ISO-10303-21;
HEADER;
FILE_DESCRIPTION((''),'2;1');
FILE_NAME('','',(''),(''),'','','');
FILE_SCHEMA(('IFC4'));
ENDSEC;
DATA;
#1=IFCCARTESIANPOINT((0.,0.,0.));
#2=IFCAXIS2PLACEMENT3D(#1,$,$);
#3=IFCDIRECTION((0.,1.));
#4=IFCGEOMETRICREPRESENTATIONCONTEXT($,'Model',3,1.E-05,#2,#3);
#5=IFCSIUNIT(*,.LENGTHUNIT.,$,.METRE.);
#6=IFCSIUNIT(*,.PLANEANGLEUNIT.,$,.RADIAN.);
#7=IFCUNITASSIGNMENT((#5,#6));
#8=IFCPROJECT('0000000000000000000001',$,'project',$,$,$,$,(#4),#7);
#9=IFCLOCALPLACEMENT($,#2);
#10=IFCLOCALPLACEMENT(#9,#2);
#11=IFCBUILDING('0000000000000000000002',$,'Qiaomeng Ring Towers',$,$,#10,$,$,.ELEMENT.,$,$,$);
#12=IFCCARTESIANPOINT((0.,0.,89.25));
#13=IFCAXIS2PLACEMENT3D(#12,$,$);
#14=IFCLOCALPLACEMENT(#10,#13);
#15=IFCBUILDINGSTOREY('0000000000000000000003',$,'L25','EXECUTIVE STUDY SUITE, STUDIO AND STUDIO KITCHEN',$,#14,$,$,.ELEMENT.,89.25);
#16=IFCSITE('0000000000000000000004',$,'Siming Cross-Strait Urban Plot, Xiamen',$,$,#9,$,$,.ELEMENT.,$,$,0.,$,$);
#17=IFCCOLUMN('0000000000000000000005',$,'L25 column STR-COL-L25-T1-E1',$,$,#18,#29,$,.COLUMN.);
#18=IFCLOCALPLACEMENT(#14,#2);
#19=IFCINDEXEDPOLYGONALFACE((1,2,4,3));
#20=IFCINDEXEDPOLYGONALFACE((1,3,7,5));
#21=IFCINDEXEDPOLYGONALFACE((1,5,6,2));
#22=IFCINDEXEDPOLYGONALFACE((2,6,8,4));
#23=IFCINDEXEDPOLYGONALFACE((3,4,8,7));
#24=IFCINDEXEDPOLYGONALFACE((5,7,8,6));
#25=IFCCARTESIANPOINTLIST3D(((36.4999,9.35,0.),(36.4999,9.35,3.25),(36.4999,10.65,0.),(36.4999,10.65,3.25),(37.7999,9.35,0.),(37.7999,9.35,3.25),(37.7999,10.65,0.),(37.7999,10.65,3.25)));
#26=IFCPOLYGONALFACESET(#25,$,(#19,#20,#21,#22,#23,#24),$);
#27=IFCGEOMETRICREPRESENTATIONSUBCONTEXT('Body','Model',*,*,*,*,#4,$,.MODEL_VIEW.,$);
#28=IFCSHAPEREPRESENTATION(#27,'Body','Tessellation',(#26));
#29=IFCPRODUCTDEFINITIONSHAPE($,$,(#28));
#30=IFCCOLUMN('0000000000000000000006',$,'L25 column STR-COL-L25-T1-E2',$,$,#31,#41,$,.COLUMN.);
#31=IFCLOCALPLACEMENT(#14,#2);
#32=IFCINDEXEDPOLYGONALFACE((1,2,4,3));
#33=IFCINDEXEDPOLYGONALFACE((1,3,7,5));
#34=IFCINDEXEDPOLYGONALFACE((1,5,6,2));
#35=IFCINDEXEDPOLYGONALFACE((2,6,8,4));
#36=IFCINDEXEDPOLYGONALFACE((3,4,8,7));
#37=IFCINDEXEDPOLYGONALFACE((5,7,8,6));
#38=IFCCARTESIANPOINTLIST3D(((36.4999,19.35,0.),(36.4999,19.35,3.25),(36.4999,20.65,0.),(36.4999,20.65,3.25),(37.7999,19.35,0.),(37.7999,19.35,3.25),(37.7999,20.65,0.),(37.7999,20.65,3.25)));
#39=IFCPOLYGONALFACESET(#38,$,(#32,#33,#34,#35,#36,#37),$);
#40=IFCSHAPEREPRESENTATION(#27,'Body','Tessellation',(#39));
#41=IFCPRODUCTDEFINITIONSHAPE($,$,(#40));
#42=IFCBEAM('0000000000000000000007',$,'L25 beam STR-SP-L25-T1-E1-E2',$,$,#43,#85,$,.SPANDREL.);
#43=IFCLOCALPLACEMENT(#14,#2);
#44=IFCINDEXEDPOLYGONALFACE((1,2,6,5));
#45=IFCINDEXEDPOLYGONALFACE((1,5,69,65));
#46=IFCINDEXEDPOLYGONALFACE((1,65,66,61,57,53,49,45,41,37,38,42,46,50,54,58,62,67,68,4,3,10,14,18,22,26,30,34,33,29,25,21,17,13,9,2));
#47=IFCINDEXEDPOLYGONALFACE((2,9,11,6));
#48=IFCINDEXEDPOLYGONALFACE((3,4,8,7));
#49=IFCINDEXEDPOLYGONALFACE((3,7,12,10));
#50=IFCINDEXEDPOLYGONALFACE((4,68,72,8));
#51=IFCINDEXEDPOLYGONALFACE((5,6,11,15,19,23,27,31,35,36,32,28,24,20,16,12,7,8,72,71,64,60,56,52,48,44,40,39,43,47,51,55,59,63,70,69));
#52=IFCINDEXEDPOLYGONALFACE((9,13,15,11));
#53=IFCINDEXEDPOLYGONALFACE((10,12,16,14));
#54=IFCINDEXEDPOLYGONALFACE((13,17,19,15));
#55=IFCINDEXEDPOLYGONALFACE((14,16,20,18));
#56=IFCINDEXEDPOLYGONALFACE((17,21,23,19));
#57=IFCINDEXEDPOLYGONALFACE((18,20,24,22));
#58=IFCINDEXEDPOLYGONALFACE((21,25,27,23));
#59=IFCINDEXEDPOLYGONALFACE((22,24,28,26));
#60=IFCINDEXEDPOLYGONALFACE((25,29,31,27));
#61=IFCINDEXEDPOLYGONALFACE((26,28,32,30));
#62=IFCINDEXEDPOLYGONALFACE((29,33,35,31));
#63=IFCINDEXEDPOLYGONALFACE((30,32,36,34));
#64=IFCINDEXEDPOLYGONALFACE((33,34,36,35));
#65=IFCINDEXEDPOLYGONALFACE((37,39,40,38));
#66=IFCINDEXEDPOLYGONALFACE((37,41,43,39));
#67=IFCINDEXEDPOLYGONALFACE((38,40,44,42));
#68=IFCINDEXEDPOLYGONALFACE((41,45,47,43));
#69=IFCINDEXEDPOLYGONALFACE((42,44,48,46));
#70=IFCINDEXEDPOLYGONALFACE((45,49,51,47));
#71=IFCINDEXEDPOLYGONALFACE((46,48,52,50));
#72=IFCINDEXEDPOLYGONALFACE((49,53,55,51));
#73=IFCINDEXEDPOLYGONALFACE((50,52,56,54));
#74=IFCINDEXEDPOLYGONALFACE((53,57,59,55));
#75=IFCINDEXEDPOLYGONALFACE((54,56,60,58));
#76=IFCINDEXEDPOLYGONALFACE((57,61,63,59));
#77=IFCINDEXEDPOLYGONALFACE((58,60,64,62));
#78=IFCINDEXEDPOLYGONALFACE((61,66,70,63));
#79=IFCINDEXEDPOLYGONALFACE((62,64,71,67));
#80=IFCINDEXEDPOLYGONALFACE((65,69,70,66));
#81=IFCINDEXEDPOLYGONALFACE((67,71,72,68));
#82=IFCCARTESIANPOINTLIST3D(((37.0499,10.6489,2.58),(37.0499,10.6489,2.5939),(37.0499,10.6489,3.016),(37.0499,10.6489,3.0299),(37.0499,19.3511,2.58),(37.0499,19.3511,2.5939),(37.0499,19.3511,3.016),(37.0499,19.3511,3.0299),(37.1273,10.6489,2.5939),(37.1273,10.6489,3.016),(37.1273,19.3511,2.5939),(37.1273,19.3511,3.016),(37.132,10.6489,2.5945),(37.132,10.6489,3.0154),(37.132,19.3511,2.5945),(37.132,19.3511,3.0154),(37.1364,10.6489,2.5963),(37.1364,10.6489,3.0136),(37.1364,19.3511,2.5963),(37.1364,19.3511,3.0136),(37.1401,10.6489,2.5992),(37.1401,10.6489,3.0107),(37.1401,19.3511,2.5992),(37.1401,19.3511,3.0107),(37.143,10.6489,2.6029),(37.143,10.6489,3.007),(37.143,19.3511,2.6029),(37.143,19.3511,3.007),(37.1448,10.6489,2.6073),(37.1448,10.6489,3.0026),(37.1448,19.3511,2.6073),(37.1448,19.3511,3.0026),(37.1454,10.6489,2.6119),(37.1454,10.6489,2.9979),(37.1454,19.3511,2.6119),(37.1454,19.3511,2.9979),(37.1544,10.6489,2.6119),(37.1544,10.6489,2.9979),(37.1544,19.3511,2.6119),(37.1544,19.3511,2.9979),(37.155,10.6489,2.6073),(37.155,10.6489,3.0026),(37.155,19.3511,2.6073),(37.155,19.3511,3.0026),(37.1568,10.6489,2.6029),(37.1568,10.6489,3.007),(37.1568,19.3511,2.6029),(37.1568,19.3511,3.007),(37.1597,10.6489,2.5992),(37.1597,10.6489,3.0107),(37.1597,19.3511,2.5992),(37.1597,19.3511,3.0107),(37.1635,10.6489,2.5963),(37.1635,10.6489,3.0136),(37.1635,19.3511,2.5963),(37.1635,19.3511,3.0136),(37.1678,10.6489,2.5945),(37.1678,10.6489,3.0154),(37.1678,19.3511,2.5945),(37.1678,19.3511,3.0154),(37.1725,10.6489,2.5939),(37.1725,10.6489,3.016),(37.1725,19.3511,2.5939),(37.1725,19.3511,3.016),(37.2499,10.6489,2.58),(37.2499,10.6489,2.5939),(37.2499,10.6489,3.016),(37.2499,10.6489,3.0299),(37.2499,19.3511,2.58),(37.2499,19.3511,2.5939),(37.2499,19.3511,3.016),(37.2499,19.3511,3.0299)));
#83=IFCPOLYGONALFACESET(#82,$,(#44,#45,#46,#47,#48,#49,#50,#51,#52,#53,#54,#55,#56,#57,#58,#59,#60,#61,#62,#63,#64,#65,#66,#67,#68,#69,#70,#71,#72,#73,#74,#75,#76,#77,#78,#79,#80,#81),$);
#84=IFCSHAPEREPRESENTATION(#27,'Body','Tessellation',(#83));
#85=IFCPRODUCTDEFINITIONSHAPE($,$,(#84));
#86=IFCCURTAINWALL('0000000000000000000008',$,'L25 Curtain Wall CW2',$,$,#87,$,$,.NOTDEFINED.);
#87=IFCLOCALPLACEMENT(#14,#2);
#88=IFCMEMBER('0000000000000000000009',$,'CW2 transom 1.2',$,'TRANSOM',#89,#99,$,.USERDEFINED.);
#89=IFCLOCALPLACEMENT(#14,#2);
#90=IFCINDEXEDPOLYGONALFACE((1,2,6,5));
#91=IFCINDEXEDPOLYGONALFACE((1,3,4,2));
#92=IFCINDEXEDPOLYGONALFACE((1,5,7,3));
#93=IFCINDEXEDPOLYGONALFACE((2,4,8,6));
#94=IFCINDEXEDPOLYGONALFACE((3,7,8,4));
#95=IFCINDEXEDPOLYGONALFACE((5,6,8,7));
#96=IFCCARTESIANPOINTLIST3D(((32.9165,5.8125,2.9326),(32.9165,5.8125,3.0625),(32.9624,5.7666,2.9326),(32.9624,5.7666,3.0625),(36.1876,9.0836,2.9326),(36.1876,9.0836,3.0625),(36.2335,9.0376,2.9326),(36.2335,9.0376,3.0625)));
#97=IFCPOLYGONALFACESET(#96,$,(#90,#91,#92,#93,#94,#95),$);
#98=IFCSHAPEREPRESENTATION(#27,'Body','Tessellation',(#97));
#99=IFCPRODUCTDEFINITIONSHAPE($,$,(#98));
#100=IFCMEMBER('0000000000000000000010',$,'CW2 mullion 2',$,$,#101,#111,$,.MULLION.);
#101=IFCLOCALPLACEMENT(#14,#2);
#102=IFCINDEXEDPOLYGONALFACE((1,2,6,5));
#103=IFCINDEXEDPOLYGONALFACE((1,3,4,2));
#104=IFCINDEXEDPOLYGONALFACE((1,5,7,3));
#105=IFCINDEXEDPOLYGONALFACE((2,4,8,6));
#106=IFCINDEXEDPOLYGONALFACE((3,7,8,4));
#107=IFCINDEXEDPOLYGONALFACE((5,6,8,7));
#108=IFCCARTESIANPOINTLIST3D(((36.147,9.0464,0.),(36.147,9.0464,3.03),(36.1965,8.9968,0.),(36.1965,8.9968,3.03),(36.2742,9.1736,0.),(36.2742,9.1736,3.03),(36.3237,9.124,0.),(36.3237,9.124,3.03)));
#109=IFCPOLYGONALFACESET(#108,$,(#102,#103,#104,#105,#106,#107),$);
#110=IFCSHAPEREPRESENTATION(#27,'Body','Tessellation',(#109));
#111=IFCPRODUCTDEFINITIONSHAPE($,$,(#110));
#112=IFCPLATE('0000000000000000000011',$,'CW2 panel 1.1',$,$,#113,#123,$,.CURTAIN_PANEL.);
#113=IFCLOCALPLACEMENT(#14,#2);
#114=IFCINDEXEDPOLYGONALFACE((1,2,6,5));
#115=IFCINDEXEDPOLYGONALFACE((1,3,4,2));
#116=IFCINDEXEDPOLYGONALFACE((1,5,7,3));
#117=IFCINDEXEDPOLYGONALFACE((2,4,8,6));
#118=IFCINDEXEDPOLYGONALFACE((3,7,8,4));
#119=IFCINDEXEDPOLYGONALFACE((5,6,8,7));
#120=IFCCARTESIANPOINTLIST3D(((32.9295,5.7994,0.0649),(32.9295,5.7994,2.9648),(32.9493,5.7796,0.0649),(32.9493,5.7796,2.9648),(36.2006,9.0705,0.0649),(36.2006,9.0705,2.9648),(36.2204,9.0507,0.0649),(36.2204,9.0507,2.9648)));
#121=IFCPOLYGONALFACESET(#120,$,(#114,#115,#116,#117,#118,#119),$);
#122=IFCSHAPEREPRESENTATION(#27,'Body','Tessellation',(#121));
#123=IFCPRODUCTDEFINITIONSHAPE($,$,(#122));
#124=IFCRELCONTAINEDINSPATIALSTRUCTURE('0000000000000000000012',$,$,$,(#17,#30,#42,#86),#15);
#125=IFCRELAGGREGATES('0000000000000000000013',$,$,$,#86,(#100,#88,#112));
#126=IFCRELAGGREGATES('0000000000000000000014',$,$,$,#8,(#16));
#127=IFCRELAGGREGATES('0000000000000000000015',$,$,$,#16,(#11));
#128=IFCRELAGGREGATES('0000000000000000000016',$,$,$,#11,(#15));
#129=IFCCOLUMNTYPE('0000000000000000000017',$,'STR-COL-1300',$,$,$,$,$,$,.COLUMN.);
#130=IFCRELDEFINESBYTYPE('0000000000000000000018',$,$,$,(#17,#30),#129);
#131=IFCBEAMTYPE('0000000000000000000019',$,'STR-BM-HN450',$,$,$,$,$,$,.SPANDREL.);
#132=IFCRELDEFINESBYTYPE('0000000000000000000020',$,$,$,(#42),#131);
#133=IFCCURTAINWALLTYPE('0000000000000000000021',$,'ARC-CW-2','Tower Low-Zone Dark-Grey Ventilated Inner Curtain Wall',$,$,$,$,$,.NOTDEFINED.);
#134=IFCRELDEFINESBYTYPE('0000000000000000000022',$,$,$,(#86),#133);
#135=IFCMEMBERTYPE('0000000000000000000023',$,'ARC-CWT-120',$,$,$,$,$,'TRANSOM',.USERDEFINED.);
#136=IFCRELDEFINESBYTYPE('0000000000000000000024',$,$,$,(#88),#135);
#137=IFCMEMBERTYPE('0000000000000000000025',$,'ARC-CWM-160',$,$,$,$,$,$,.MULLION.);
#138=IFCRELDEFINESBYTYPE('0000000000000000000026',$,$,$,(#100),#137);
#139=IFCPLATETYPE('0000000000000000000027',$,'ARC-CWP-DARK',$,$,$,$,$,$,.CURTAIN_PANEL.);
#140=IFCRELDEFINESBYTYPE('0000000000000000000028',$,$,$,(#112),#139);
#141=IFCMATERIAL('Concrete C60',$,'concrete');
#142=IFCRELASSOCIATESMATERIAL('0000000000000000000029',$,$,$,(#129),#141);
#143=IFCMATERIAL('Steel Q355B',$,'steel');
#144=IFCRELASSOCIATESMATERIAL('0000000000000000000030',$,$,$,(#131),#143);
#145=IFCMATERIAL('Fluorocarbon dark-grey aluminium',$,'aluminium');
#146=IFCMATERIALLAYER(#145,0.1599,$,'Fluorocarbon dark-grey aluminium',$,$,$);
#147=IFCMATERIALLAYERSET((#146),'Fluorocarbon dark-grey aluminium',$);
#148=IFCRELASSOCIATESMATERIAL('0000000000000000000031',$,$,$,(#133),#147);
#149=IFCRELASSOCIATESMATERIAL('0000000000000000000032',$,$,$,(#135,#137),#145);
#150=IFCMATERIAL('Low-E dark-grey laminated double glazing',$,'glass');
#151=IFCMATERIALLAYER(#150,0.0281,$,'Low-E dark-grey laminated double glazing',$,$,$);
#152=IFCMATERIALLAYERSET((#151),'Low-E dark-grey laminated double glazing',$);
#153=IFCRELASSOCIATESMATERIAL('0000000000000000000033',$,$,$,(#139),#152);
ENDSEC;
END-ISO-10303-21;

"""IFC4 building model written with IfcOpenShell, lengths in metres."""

from ifc_helpers import new_model, si_unit, direction, frame, origin, origin_2d, place, context, subcontext, project, spatial, rectangle, i_section, extrude, source, transform, mapped, material, layer, layer_set, material_profile, profile_set, type_object, element, aggregate, save


model = new_model("IFC4")

# Units and contexts
model_context = context("Model", 3, precision=1e-05, world=origin(), true_north=direction((0.0, 1.0)))
body_context = subcontext(model_context, "Body", "Model", "MODEL_VIEW")
ifc_project = project(units=[si_unit("LENGTHUNIT", "METRE"), si_unit("PLANEANGLEUNIT", "RADIAN")], contexts=[model_context])

# Site, building, storey
site_placement = place(None, origin())
site = spatial("IfcSite", under=ifc_project, at=site_placement, Name="Siming Cross-Strait Urban Plot, Xiamen", CompositionType="ELEMENT", RefElevation=0.0)
building_placement = place(site_placement, origin())
building = spatial("IfcBuilding", under=site, at=building_placement, Name="Qiaomeng Ring Towers", CompositionType="ELEMENT")
storey_placement = place(building_placement, frame((0.0, 0.0, 89.25)))
storey = spatial("IfcBuildingStorey", under=building, at=storey_placement, Name="L25", Description="EXECUTIVE STUDY SUITE, STUDIO AND STUDIO KITCHEN", CompositionType="ELEMENT", Elevation=89.25)

# Columns
ifc_material_1 = material(Name="Concrete C60", Category="concrete")
ifc_material_profile_1 = material_profile(ifc_material_1, rectangle(XDim=1.3, YDim=1.3, at=origin_2d()), Name="RC COL 1300x1300")
ifc_profile_set_1 = profile_set([ifc_material_profile_1], Name="Concrete C60")
column_type = type_object("IfcColumnType", Name="STR-COL-1300", PredefinedType="COLUMN", material=ifc_profile_set_1)
shared_shape_1 = source(origin(), body_context, "Body", "SweptSolid", [
    extrude(rectangle(XDim=1.3, YDim=1.3, at=origin_2d()), origin(), (0.0, 0.0, 1.0), 3.25),
])
for number, where, z_axis, x_axis, name in (
    (1, (37.1499, 10.0, 0.0), (0.0, 0.0, 1.0), (1.0, 0.0, 0.0), "L25 column STR-COL-L25-T1-E1"),
    (2, (37.1499, 20.0, 0.0), (0.0, 0.0, 1.0), (1.0, 0.0, 0.0), "L25 column STR-COL-L25-T1-E2"),
):
    element("IfcColumn", number, at=place(storey_placement, frame(where, z_axis=z_axis, x_axis=x_axis)), inside=storey, type_object=column_type, Name=name, PredefinedType="COLUMN", context=body_context, shape_type="MappedRepresentation", body=[
        mapped(shared_shape_1, transform((0.0, 0.0, 0.0), x_axis=(1.0, 0.0, 0.0), y_axis=(0.0, 1.0, 0.0), z_axis=(0.0, 0.0, 1.0), scale=1.0)),
    ])

# Beam
ifc_material_2 = material(Name="Steel Q355B", Category="steel")
ifc_material_profile_2 = material_profile(ifc_material_2, i_section(OverallWidth=0.2, OverallDepth=0.45, WebThickness=0.009, FlangeThickness=0.0139, FilletRadius=0.0181, at=origin_2d()), Name="HN 450x200x9x14")
ifc_profile_set_2 = profile_set([ifc_material_profile_2], Name="Steel Q355B")
beam_type = type_object("IfcBeamType", Name="STR-BM-HN450", PredefinedType="SPANDREL", material=ifc_profile_set_2)
shared_shape_2 = source(origin(), body_context, "Body", "SweptSolid", [
    extrude(i_section(OverallWidth=0.2, OverallDepth=0.45, WebThickness=0.009, FlangeThickness=0.0139, FilletRadius=0.0181, at=origin_2d()), origin(), (0.0, 0.0, 1.0), 8.7021),
])
beam_placement = place(storey_placement, frame((37.1499, 10.6489, 2.8049), z_axis=(0.0, 1.0, 0.0), x_axis=(-1.0, 0.0, 0.0)))
element("IfcBeam", 3, at=beam_placement, inside=storey, type_object=beam_type, Name="L25 beam STR-SP-L25-T1-E1-E2", PredefinedType="SPANDREL", context=body_context, shape_type="MappedRepresentation", body=[
    mapped(shared_shape_2, transform((0.0, 0.0, 0.0), x_axis=(1.0, 0.0, 0.0), y_axis=(0.0, 1.0, 0.0), z_axis=(0.0, 0.0, 1.0), scale=1.0)),
])

# Curtain wall, members, plate
ifc_material_3 = material(Name="Fluorocarbon dark-grey aluminium", Category="aluminium")
ifc_layer_1 = layer(ifc_material_3, 0.1599, Name="Fluorocarbon dark-grey aluminium")
ifc_layer_set_1 = layer_set([ifc_layer_1], Name="Fluorocarbon dark-grey aluminium")
curtain_wall_type = type_object("IfcCurtainWallType", Name="ARC-CW-2", Description="Tower Low-Zone Dark-Grey Ventilated Inner Curtain Wall", PredefinedType="NOTDEFINED", material=ifc_layer_set_1)
curtain_wall_placement = place(storey_placement, origin())
curtain_wall = element("IfcCurtainWall", 4, at=curtain_wall_placement, inside=storey, type_object=curtain_wall_type, Name="L25 Curtain Wall CW2", PredefinedType="NOTDEFINED")
ifc_material_profile_3 = material_profile(ifc_material_3, rectangle(XDim=0.0649, YDim=0.1299, at=origin_2d()), Name="ALU TRAN 65x130")
ifc_profile_set_3 = profile_set([ifc_material_profile_3], Name="Fluorocarbon dark-grey aluminium")
member_type_1 = type_object("IfcMemberType", Name="ARC-CWT-120", ElementType="TRANSOM", PredefinedType="USERDEFINED", material=ifc_profile_set_3)
shared_shape_3 = source(origin(), body_context, "Body", "SweptSolid", [
    extrude(rectangle(XDim=0.0649, YDim=0.1299, at=origin_2d()), origin(), (0.0, 0.0, 1.0), 4.626),
])
member_1_placement = place(storey_placement, frame((32.9395, 5.7896, 2.9976), z_axis=(0.707107, 0.707107, 0.0), x_axis=(-0.707107, 0.707107, 0.0)))
member_1 = element("IfcMember", 5, at=member_1_placement, type_object=member_type_1, Name="CW2 transom 1.2", ObjectType="TRANSOM", PredefinedType="USERDEFINED", context=body_context, shape_type="MappedRepresentation", body=[
    mapped(shared_shape_3, transform((0.0, 0.0, 0.0), x_axis=(1.0, 0.0, 0.0), y_axis=(0.0, 1.0, 0.0), z_axis=(0.0, 0.0, 1.0), scale=1.0)),
])
ifc_material_profile_4 = material_profile(ifc_material_3, rectangle(XDim=0.0701, YDim=0.1799, at=origin_2d()), Name="ALU MULL 70x180")
ifc_profile_set_4 = profile_set([ifc_material_profile_4], Name="Fluorocarbon dark-grey aluminium")
member_type_2 = type_object("IfcMemberType", Name="ARC-CWM-160", PredefinedType="MULLION", material=ifc_profile_set_4)
shared_shape_4 = source(origin(), body_context, "Body", "SweptSolid", [
    extrude(rectangle(XDim=0.0701, YDim=0.1799, at=origin_2d()), origin(), (0.0, 0.0, 1.0), 3.03),
])
member_2_placement = place(storey_placement, frame((36.2354, 9.0852, 0.0), z_axis=(0.0, 0.0, 1.0), x_axis=(-0.707107, 0.707107, 0.0)))
member_2 = element("IfcMember", 6, at=member_2_placement, type_object=member_type_2, Name="CW2 mullion 2", PredefinedType="MULLION", context=body_context, shape_type="MappedRepresentation", body=[
    mapped(shared_shape_4, transform((0.0, 0.0, 0.0), x_axis=(1.0, 0.0, 0.0), y_axis=(0.0, 1.0, 0.0), z_axis=(0.0, 0.0, 1.0), scale=1.0)),
])
ifc_material_4 = material(Name="Low-E dark-grey laminated double glazing", Category="glass")
ifc_layer_2 = layer(ifc_material_4, 0.0281, Name="Low-E dark-grey laminated double glazing")
ifc_layer_set_2 = layer_set([ifc_layer_2], Name="Low-E dark-grey laminated double glazing")
plate_type = type_object("IfcPlateType", Name="ARC-CWP-DARK", PredefinedType="CURTAIN_PANEL", material=ifc_layer_set_2)
shared_shape_5 = source(origin(), body_context, "Body", "SweptSolid", [
    extrude(rectangle(XDim=4.626, YDim=0.0281, at=origin_2d()), origin(), (0.0, 0.0, 1.0), 2.8999),
])
plate_placement = place(storey_placement, frame((34.575, 7.425, 0.0649), z_axis=(0.0, 0.0, 1.0), x_axis=(0.707107, 0.707107, 0.0)))
plate = element("IfcPlate", 7, at=plate_placement, type_object=plate_type, Name="CW2 panel 1.1", PredefinedType="CURTAIN_PANEL", context=body_context, shape_type="MappedRepresentation", body=[
    mapped(shared_shape_5, transform((0.0, 0.0, 0.0), x_axis=(1.0, 0.0, 0.0), y_axis=(0.0, 1.0, 0.0), z_axis=(0.0, 0.0, 1.0), scale=1.0)),
])
aggregate(curtain_wall, [member_2, member_1, plate])

save(model, "model.ifc")
